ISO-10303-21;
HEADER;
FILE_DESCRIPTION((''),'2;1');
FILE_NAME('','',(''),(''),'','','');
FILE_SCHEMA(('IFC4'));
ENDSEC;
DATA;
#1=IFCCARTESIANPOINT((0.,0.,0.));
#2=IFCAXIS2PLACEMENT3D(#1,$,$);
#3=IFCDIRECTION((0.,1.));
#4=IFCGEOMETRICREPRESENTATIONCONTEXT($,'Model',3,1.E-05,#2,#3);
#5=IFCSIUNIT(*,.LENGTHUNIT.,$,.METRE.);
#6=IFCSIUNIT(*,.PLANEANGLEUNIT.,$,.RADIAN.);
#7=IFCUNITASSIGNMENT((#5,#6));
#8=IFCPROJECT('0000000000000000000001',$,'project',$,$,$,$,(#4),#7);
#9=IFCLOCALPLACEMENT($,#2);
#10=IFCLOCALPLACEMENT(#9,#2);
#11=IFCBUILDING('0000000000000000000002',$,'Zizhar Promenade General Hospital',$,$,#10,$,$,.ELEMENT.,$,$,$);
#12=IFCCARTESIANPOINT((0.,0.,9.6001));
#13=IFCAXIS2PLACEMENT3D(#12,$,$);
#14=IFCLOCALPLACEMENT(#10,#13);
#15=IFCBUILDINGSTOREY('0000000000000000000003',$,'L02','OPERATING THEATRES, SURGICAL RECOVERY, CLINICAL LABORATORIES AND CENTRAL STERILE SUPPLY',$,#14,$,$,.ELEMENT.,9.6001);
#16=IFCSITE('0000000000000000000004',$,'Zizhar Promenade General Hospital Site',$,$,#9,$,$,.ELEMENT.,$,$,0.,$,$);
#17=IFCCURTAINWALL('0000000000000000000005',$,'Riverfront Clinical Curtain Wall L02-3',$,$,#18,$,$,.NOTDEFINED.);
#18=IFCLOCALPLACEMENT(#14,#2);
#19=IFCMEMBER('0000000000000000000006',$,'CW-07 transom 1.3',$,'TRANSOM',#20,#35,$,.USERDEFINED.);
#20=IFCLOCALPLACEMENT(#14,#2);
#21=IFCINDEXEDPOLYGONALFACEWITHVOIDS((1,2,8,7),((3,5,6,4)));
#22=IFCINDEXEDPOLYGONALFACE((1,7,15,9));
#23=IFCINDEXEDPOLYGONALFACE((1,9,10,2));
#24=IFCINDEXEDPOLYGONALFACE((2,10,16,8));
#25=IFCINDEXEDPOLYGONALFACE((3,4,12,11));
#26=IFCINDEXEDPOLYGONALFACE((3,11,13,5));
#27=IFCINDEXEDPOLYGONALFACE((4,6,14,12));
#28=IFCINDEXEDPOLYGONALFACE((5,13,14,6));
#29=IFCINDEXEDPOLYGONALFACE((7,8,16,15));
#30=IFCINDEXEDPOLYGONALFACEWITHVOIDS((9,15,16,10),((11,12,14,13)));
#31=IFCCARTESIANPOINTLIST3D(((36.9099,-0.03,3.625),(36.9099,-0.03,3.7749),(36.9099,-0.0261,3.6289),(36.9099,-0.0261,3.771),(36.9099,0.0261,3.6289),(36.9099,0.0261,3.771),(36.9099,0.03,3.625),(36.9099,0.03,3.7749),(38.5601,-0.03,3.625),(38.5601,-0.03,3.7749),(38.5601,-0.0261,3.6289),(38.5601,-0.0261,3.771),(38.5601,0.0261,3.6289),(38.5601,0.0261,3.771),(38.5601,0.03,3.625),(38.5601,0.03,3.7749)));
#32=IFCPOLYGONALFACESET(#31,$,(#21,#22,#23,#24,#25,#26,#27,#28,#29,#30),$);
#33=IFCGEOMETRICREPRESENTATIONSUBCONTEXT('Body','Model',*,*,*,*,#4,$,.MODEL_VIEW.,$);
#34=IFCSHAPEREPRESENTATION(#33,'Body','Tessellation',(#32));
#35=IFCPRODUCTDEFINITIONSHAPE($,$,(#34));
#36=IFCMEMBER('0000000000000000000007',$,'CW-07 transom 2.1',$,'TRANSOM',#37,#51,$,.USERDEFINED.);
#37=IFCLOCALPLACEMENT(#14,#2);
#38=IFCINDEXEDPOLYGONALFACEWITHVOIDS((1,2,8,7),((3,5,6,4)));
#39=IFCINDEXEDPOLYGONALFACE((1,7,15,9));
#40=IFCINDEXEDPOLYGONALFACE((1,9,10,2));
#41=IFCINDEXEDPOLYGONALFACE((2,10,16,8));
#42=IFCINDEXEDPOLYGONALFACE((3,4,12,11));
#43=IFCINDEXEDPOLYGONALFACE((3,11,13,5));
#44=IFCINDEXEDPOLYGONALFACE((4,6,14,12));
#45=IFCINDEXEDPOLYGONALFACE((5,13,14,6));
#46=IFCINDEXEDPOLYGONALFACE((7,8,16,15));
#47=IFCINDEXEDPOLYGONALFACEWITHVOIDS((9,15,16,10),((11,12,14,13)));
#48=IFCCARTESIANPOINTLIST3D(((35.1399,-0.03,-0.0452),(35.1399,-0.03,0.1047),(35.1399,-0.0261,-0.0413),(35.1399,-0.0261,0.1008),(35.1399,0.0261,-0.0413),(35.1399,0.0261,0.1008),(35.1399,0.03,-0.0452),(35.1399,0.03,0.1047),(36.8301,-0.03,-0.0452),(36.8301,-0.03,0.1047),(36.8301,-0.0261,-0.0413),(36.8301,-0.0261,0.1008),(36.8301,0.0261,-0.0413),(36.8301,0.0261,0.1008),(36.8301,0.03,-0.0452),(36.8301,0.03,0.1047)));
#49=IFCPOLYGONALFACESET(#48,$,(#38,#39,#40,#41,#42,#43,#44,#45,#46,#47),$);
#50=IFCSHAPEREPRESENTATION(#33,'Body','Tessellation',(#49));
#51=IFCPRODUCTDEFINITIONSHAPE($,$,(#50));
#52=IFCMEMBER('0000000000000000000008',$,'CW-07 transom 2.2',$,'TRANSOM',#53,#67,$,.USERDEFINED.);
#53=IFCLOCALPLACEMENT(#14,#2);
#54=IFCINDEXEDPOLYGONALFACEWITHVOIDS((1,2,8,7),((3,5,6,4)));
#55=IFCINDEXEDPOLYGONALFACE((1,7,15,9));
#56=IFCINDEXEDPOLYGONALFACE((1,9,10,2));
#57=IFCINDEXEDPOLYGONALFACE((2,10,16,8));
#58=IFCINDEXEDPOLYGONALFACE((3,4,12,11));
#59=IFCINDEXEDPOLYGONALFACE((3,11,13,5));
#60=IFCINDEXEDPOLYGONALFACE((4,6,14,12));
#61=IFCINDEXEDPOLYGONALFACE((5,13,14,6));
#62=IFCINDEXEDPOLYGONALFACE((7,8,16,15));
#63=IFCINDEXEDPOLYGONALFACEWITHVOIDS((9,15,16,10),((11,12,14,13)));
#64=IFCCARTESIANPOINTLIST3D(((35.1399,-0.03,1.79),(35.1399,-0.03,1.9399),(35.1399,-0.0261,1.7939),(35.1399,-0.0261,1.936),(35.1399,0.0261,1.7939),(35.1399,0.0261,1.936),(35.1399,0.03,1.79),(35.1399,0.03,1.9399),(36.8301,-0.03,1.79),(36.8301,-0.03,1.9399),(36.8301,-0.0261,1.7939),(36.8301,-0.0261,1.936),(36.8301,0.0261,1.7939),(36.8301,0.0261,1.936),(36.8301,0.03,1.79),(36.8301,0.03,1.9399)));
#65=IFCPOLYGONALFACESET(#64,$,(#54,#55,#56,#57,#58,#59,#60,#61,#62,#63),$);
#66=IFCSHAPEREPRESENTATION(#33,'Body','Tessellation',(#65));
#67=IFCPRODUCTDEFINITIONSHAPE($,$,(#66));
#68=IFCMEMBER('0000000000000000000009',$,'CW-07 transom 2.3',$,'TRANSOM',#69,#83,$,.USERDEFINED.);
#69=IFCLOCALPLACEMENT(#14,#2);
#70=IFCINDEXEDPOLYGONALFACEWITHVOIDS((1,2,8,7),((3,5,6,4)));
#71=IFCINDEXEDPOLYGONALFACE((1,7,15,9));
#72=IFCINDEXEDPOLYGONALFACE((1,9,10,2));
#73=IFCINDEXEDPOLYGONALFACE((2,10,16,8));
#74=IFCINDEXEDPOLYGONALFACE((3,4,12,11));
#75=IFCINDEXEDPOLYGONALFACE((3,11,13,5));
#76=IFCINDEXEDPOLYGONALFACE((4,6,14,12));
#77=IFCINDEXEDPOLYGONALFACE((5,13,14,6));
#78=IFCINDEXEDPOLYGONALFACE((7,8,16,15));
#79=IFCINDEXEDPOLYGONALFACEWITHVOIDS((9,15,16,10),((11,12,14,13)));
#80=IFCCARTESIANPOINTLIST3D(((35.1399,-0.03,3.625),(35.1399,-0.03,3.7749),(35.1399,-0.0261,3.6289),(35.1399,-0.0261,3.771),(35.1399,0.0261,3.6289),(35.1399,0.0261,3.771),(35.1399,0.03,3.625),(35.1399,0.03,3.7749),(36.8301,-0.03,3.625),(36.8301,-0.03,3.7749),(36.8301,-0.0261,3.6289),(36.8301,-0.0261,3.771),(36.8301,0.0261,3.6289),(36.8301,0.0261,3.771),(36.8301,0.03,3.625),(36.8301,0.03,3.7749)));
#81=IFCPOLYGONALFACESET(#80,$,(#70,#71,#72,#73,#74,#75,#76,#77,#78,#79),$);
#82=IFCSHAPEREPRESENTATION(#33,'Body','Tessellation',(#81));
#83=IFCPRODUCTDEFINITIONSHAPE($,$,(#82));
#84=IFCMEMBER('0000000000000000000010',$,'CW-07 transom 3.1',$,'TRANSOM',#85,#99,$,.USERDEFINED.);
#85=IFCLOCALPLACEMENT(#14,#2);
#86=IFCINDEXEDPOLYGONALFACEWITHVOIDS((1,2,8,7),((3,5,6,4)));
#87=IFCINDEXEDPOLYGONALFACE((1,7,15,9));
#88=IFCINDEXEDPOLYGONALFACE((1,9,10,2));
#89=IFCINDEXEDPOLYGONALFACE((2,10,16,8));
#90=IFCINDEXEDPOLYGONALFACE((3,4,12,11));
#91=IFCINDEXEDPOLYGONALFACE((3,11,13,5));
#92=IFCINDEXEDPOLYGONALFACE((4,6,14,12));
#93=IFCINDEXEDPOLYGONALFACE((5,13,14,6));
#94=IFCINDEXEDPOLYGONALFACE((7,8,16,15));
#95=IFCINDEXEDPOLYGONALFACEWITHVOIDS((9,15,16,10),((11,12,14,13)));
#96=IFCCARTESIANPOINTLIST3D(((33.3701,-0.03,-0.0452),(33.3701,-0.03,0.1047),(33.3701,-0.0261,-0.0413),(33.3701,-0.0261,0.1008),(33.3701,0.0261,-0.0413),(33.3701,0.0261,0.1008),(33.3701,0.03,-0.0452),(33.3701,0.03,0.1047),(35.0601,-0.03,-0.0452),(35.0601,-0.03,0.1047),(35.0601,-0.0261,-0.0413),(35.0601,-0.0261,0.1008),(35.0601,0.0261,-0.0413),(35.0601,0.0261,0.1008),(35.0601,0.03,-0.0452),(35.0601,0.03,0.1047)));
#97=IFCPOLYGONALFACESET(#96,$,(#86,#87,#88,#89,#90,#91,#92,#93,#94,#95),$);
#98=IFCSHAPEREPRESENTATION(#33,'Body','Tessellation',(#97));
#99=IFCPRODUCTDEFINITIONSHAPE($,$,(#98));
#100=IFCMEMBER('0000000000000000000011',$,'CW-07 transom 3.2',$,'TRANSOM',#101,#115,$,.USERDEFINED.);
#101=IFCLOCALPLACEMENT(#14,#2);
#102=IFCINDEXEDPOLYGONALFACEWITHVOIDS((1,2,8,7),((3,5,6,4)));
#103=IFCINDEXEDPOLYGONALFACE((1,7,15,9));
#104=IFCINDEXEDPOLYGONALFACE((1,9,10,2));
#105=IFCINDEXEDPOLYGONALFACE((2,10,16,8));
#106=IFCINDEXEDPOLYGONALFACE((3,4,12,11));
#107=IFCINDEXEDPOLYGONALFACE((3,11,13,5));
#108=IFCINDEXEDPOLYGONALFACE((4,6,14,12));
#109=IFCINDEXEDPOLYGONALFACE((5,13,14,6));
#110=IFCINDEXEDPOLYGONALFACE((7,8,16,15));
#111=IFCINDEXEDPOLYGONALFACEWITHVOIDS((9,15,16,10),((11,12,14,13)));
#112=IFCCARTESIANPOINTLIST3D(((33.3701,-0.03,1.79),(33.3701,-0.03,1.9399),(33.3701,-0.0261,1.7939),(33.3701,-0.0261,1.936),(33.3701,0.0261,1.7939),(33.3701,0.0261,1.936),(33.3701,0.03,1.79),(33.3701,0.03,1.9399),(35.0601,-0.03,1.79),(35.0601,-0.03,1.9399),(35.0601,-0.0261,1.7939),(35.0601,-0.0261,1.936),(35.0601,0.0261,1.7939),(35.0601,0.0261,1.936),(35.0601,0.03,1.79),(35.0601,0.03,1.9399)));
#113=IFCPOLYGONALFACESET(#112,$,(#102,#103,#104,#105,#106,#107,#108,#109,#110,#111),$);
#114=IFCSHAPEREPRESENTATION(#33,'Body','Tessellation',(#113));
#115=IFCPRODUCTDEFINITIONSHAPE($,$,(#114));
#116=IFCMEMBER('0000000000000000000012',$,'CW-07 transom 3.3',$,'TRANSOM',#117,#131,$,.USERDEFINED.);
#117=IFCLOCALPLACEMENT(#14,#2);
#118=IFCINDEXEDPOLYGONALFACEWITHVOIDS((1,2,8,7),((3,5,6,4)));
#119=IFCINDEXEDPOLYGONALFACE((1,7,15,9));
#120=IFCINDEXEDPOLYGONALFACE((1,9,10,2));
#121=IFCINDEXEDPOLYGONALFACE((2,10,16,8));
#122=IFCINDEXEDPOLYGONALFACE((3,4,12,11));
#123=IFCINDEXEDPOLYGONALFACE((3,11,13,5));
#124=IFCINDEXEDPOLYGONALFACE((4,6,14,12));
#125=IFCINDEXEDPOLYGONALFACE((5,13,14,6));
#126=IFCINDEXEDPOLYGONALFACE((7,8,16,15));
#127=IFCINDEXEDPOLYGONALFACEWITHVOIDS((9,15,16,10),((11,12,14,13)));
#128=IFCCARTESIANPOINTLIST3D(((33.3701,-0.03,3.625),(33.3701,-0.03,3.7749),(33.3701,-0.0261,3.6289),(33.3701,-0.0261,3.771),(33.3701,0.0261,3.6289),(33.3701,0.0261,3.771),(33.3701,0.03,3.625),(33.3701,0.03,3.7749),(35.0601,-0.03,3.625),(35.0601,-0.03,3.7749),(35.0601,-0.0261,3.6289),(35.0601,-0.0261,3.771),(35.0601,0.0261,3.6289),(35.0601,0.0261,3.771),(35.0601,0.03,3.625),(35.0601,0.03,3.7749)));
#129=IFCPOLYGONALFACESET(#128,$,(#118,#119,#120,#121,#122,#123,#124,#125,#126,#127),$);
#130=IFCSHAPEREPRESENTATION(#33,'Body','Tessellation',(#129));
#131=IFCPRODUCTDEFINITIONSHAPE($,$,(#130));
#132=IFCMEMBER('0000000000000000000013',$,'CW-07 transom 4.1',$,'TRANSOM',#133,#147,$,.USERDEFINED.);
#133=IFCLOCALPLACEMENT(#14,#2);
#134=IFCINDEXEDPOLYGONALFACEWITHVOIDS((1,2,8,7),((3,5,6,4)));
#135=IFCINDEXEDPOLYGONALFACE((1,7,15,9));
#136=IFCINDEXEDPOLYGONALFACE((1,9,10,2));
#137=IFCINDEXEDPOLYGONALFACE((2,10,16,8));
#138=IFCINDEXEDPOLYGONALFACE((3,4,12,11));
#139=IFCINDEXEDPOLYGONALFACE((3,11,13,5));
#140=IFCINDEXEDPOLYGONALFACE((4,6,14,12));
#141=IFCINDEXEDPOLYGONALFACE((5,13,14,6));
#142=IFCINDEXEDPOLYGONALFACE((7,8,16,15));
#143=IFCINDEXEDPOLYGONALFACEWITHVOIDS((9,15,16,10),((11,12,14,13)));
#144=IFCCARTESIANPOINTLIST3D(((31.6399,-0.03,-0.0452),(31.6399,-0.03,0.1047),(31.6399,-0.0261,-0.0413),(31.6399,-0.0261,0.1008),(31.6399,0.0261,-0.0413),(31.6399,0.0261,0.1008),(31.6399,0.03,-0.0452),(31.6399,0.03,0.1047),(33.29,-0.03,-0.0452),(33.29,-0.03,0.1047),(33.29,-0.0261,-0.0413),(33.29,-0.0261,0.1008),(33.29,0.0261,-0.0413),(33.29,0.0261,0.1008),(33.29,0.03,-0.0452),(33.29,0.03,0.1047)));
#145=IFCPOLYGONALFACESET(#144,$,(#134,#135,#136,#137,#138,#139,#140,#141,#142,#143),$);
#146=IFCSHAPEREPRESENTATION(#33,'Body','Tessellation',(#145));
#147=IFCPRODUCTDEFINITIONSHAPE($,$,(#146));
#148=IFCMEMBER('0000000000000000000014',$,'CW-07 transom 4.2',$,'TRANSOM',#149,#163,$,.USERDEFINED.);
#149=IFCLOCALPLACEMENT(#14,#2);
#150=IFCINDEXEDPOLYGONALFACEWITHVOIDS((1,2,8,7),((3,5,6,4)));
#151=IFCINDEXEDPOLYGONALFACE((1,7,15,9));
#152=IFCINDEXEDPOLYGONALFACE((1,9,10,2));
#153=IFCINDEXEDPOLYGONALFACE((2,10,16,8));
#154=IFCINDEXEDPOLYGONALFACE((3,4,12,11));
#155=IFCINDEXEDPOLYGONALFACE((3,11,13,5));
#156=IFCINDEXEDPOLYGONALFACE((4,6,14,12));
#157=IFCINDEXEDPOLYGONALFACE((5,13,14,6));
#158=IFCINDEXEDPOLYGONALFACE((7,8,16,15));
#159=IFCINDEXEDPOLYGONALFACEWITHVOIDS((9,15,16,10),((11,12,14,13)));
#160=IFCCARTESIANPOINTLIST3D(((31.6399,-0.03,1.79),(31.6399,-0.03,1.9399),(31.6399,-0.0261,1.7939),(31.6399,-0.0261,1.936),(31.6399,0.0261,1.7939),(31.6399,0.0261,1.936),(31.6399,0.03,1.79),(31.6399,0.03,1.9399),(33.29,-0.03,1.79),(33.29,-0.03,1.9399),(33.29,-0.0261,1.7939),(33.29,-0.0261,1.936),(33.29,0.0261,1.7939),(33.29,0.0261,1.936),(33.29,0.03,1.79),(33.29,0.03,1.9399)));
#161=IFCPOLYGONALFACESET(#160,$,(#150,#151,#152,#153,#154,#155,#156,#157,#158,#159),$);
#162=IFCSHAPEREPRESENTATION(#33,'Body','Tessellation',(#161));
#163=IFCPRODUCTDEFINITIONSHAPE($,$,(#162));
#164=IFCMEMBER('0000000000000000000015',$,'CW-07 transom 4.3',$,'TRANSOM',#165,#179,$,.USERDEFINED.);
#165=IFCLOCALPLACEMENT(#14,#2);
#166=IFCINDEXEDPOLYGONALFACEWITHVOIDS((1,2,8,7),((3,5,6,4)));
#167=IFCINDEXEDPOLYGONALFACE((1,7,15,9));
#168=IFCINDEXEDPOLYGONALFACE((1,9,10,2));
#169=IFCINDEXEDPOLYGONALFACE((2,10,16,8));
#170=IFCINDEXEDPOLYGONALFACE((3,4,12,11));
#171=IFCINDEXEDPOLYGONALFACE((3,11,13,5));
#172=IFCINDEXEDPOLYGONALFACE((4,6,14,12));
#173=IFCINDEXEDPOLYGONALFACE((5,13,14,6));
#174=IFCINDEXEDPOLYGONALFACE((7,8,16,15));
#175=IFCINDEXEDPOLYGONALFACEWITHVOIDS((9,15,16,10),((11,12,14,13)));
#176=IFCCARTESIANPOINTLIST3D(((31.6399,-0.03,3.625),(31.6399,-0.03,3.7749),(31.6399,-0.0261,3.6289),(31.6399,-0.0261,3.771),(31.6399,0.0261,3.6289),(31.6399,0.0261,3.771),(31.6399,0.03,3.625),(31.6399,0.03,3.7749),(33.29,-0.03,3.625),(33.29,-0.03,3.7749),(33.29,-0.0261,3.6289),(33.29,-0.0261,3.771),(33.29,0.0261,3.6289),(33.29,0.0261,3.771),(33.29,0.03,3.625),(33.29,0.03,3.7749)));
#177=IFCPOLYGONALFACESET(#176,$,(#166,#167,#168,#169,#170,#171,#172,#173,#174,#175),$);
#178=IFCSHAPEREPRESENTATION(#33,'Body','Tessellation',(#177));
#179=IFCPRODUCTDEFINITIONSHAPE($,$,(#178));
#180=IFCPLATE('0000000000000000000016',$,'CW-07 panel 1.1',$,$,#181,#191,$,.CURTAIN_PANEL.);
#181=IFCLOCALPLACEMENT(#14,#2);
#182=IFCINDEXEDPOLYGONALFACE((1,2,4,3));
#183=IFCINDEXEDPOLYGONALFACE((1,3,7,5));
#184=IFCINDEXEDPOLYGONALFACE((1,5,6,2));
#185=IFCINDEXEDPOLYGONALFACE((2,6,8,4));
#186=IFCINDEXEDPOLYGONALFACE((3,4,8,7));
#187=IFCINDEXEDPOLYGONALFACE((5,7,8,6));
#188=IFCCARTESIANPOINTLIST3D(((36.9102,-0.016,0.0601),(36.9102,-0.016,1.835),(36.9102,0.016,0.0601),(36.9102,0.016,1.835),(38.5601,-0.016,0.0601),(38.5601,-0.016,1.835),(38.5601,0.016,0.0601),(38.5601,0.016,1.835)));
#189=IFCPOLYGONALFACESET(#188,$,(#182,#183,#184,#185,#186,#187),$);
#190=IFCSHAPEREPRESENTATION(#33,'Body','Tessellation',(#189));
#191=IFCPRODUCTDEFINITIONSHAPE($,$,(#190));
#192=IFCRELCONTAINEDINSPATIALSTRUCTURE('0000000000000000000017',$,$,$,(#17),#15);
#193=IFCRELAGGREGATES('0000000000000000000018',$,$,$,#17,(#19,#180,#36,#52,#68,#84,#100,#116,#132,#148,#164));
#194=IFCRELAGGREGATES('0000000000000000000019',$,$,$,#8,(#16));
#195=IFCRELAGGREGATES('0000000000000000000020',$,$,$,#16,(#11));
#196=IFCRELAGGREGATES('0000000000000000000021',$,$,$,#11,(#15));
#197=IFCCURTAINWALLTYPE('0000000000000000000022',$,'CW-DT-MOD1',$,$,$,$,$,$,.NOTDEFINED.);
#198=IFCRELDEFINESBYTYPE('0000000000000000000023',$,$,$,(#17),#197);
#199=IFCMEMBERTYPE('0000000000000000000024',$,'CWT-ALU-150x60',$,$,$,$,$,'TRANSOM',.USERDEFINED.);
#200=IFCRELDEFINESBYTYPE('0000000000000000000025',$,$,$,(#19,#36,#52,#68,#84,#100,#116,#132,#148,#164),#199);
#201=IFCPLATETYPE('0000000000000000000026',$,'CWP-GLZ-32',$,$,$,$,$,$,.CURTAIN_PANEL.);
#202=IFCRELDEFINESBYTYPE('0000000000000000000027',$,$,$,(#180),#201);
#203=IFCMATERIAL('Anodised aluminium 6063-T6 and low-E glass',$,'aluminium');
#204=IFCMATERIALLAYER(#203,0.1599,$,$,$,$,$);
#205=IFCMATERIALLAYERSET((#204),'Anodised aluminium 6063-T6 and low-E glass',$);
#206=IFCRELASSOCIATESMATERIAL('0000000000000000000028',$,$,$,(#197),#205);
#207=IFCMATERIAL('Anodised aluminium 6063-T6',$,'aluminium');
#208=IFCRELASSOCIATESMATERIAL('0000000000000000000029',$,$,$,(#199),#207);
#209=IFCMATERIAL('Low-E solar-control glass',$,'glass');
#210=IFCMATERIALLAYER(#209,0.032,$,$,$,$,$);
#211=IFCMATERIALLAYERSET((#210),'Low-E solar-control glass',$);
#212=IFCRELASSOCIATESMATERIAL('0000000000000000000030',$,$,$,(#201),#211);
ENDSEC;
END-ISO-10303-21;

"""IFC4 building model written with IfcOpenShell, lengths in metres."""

from ifc_helpers import new_model, si_unit, direction, frame, origin, origin_2d, place, context, subcontext, project, spatial, rectangle, hollow_rectangle, extrude, material, layer, layer_set, material_profile, profile_set, type_object, element, aggregate, save


model = new_model("IFC4")

# Units and contexts
model_context = context("Model", 3, precision=1e-05, world=origin(), true_north=direction((0.0, 1.0)))
body_context = subcontext(model_context, "Body", "Model", "MODEL_VIEW")
ifc_project = project(units=[si_unit("LENGTHUNIT", "METRE"), si_unit("PLANEANGLEUNIT", "RADIAN")], contexts=[model_context])

# Site, building, storey
site_placement = place(None, origin())
site = spatial("IfcSite", under=ifc_project, at=site_placement, Name="Zizhar Promenade General Hospital Site", CompositionType="ELEMENT", RefElevation=0.0)
building_placement = place(site_placement, origin())
building = spatial("IfcBuilding", under=site, at=building_placement, Name="Zizhar Promenade General Hospital", CompositionType="ELEMENT")
storey_placement = place(building_placement, frame((0.0, 0.0, 9.6001)))
storey = spatial("IfcBuildingStorey", under=building, at=storey_placement, Name="L02", Description="OPERATING THEATRES, SURGICAL RECOVERY, CLINICAL LABORATORIES AND CENTRAL STERILE SUPPLY", CompositionType="ELEMENT", Elevation=9.6001)

# Curtain wall, members, plate
ifc_material_1 = material(Name="Anodised aluminium 6063-T6 and low-E glass", Category="aluminium")
ifc_layer_1 = layer(ifc_material_1, 0.1599)
ifc_layer_set_1 = layer_set([ifc_layer_1], Name="Anodised aluminium 6063-T6 and low-E glass")
curtain_wall_type = type_object("IfcCurtainWallType", Name="CW-DT-MOD1", PredefinedType="NOTDEFINED", material=ifc_layer_set_1)
curtain_wall_placement = place(storey_placement, origin())
curtain_wall = element("IfcCurtainWall", 1, at=curtain_wall_placement, inside=storey, type_object=curtain_wall_type, Name="Riverfront Clinical Curtain Wall L02-3", PredefinedType="NOTDEFINED")
ifc_material_2 = material(Name="Anodised aluminium 6063-T6", Category="aluminium")
ifc_material_profile_1 = material_profile(ifc_material_2, hollow_rectangle(XDim=0.0601, YDim=0.1499, WallThickness=0.0039, at=origin_2d()))
ifc_profile_set_1 = profile_set([ifc_material_profile_1], Name="Anodised aluminium 6063-T6")
member_type_1 = type_object("IfcMemberType", Name="CWT-ALU-150x60", ElementType="TRANSOM", PredefinedType="USERDEFINED", material=ifc_profile_set_1)
member_1_placement = place(storey_placement, frame((38.5601, 0.0, 3.7), z_axis=(-1.0, 0.0, 0.0), x_axis=(0.0, -1.0, 0.0)))
member_1 = element("IfcMember", 2, at=member_1_placement, type_object=member_type_1, Name="CW-07 transom 1.3", ObjectType="TRANSOM", PredefinedType="USERDEFINED", context=body_context, shape_type="SweptSolid", body=[
    extrude(hollow_rectangle(XDim=0.0601, YDim=0.1499, WallThickness=0.0039, at=origin_2d()), origin(), (0.0, 0.0, 1.0), 1.6501),
])
member_2_placement = place(storey_placement, frame((36.8301, 0.0, 0.0298), z_axis=(-1.0, 0.0, 0.0), x_axis=(0.0, -1.0, 0.0)))
member_2 = element("IfcMember", 3, at=member_2_placement, type_object=member_type_1, Name="CW-07 transom 2.1", ObjectType="TRANSOM", PredefinedType="USERDEFINED", context=body_context, shape_type="SweptSolid", body=[
    extrude(hollow_rectangle(XDim=0.0601, YDim=0.1499, WallThickness=0.0039, at=origin_2d()), origin(), (0.0, 0.0, 1.0), 1.6902),
])
member_3_placement = place(storey_placement, frame((36.8301, 0.0, 1.865), z_axis=(-1.0, 0.0, 0.0), x_axis=(0.0, -1.0, 0.0)))
member_3 = element("IfcMember", 4, at=member_3_placement, type_object=member_type_1, Name="CW-07 transom 2.2", ObjectType="TRANSOM", PredefinedType="USERDEFINED", context=body_context, shape_type="SweptSolid", body=[
    extrude(hollow_rectangle(XDim=0.0601, YDim=0.1499, WallThickness=0.0039, at=origin_2d()), origin(), (0.0, 0.0, 1.0), 1.6902),
])
member_4_placement = place(storey_placement, frame((36.8301, 0.0, 3.7), z_axis=(-1.0, 0.0, 0.0), x_axis=(0.0, -1.0, 0.0)))
member_4 = element("IfcMember", 5, at=member_4_placement, type_object=member_type_1, Name="CW-07 transom 2.3", ObjectType="TRANSOM", PredefinedType="USERDEFINED", context=body_context, shape_type="SweptSolid", body=[
    extrude(hollow_rectangle(XDim=0.0601, YDim=0.1499, WallThickness=0.0039, at=origin_2d()), origin(), (0.0, 0.0, 1.0), 1.6902),
])
member_5_placement = place(storey_placement, frame((35.0601, 0.0, 0.0298), z_axis=(-1.0, 0.0, 0.0), x_axis=(0.0, -1.0, 0.0)))
member_5 = element("IfcMember", 6, at=member_5_placement, type_object=member_type_1, Name="CW-07 transom 3.1", ObjectType="TRANSOM", PredefinedType="USERDEFINED", context=body_context, shape_type="SweptSolid", body=[
    extrude(hollow_rectangle(XDim=0.0601, YDim=0.1499, WallThickness=0.0039, at=origin_2d()), origin(), (0.0, 0.0, 1.0), 1.6899),
])
member_6_placement = place(storey_placement, frame((35.0601, 0.0, 1.865), z_axis=(-1.0, 0.0, 0.0), x_axis=(0.0, -1.0, 0.0)))
member_6 = element("IfcMember", 7, at=member_6_placement, type_object=member_type_1, Name="CW-07 transom 3.2", ObjectType="TRANSOM", PredefinedType="USERDEFINED", context=body_context, shape_type="SweptSolid", body=[
    extrude(hollow_rectangle(XDim=0.0601, YDim=0.1499, WallThickness=0.0039, at=origin_2d()), origin(), (0.0, 0.0, 1.0), 1.6899),
])
member_7_placement = place(storey_placement, frame((35.0601, 0.0, 3.7), z_axis=(-1.0, 0.0, 0.0), x_axis=(0.0, -1.0, 0.0)))
member_7 = element("IfcMember", 8, at=member_7_placement, type_object=member_type_1, Name="CW-07 transom 3.3", ObjectType="TRANSOM", PredefinedType="USERDEFINED", context=body_context, shape_type="SweptSolid", body=[
    extrude(hollow_rectangle(XDim=0.0601, YDim=0.1499, WallThickness=0.0039, at=origin_2d()), origin(), (0.0, 0.0, 1.0), 1.6899),
])
member_8_placement = place(storey_placement, frame((33.29, 0.0, 0.0298), z_axis=(-1.0, 0.0, 0.0), x_axis=(0.0, -1.0, 0.0)))
member_8 = element("IfcMember", 9, at=member_8_placement, type_object=member_type_1, Name="CW-07 transom 4.1", ObjectType="TRANSOM", PredefinedType="USERDEFINED", context=body_context, shape_type="SweptSolid", body=[
    extrude(hollow_rectangle(XDim=0.0601, YDim=0.1499, WallThickness=0.0039, at=origin_2d()), origin(), (0.0, 0.0, 1.0), 1.6501),
])
member_9_placement = place(storey_placement, frame((33.29, 0.0, 1.865), z_axis=(-1.0, 0.0, 0.0), x_axis=(0.0, -1.0, 0.0)))
member_9 = element("IfcMember", 10, at=member_9_placement, type_object=member_type_1, Name="CW-07 transom 4.2", ObjectType="TRANSOM", PredefinedType="USERDEFINED", context=body_context, shape_type="SweptSolid", body=[
    extrude(hollow_rectangle(XDim=0.0601, YDim=0.1499, WallThickness=0.0039, at=origin_2d()), origin(), (0.0, 0.0, 1.0), 1.6501),
])
member_10_placement = place(storey_placement, frame((33.29, 0.0, 3.7), z_axis=(-1.0, 0.0, 0.0), x_axis=(0.0, -1.0, 0.0)))
member_10 = element("IfcMember", 11, at=member_10_placement, type_object=member_type_1, Name="CW-07 transom 4.3", ObjectType="TRANSOM", PredefinedType="USERDEFINED", context=body_context, shape_type="SweptSolid", body=[
    extrude(hollow_rectangle(XDim=0.0601, YDim=0.1499, WallThickness=0.0039, at=origin_2d()), origin(), (0.0, 0.0, 1.0), 1.6501),
])
ifc_material_3 = material(Name="Low-E solar-control glass", Category="glass")
ifc_layer_2 = layer(ifc_material_3, 0.032)
ifc_layer_set_2 = layer_set([ifc_layer_2], Name="Low-E solar-control glass")
plate_type = type_object("IfcPlateType", Name="CWP-GLZ-32", PredefinedType="CURTAIN_PANEL", material=ifc_layer_set_2)
plate_1_placement = place(storey_placement, frame((37.7351, 0.0, 0.0601), z_axis=(0.0, 0.0, 1.0), x_axis=(-1.0, 0.0, 0.0)))
plate_1 = element("IfcPlate", 12, at=plate_1_placement, type_object=plate_type, Name="CW-07 panel 1.1", PredefinedType="CURTAIN_PANEL", context=body_context, shape_type="SweptSolid", body=[
    extrude(rectangle(XDim=1.6499, YDim=0.032, at=origin_2d()), origin(), (0.0, 0.0, 1.0), 1.7749),
])
aggregate(curtain_wall, [member_1, plate_1, member_2, member_3, member_4, member_5, member_6, member_7, member_8, member_9, member_10])

save(model, "model.ifc")
